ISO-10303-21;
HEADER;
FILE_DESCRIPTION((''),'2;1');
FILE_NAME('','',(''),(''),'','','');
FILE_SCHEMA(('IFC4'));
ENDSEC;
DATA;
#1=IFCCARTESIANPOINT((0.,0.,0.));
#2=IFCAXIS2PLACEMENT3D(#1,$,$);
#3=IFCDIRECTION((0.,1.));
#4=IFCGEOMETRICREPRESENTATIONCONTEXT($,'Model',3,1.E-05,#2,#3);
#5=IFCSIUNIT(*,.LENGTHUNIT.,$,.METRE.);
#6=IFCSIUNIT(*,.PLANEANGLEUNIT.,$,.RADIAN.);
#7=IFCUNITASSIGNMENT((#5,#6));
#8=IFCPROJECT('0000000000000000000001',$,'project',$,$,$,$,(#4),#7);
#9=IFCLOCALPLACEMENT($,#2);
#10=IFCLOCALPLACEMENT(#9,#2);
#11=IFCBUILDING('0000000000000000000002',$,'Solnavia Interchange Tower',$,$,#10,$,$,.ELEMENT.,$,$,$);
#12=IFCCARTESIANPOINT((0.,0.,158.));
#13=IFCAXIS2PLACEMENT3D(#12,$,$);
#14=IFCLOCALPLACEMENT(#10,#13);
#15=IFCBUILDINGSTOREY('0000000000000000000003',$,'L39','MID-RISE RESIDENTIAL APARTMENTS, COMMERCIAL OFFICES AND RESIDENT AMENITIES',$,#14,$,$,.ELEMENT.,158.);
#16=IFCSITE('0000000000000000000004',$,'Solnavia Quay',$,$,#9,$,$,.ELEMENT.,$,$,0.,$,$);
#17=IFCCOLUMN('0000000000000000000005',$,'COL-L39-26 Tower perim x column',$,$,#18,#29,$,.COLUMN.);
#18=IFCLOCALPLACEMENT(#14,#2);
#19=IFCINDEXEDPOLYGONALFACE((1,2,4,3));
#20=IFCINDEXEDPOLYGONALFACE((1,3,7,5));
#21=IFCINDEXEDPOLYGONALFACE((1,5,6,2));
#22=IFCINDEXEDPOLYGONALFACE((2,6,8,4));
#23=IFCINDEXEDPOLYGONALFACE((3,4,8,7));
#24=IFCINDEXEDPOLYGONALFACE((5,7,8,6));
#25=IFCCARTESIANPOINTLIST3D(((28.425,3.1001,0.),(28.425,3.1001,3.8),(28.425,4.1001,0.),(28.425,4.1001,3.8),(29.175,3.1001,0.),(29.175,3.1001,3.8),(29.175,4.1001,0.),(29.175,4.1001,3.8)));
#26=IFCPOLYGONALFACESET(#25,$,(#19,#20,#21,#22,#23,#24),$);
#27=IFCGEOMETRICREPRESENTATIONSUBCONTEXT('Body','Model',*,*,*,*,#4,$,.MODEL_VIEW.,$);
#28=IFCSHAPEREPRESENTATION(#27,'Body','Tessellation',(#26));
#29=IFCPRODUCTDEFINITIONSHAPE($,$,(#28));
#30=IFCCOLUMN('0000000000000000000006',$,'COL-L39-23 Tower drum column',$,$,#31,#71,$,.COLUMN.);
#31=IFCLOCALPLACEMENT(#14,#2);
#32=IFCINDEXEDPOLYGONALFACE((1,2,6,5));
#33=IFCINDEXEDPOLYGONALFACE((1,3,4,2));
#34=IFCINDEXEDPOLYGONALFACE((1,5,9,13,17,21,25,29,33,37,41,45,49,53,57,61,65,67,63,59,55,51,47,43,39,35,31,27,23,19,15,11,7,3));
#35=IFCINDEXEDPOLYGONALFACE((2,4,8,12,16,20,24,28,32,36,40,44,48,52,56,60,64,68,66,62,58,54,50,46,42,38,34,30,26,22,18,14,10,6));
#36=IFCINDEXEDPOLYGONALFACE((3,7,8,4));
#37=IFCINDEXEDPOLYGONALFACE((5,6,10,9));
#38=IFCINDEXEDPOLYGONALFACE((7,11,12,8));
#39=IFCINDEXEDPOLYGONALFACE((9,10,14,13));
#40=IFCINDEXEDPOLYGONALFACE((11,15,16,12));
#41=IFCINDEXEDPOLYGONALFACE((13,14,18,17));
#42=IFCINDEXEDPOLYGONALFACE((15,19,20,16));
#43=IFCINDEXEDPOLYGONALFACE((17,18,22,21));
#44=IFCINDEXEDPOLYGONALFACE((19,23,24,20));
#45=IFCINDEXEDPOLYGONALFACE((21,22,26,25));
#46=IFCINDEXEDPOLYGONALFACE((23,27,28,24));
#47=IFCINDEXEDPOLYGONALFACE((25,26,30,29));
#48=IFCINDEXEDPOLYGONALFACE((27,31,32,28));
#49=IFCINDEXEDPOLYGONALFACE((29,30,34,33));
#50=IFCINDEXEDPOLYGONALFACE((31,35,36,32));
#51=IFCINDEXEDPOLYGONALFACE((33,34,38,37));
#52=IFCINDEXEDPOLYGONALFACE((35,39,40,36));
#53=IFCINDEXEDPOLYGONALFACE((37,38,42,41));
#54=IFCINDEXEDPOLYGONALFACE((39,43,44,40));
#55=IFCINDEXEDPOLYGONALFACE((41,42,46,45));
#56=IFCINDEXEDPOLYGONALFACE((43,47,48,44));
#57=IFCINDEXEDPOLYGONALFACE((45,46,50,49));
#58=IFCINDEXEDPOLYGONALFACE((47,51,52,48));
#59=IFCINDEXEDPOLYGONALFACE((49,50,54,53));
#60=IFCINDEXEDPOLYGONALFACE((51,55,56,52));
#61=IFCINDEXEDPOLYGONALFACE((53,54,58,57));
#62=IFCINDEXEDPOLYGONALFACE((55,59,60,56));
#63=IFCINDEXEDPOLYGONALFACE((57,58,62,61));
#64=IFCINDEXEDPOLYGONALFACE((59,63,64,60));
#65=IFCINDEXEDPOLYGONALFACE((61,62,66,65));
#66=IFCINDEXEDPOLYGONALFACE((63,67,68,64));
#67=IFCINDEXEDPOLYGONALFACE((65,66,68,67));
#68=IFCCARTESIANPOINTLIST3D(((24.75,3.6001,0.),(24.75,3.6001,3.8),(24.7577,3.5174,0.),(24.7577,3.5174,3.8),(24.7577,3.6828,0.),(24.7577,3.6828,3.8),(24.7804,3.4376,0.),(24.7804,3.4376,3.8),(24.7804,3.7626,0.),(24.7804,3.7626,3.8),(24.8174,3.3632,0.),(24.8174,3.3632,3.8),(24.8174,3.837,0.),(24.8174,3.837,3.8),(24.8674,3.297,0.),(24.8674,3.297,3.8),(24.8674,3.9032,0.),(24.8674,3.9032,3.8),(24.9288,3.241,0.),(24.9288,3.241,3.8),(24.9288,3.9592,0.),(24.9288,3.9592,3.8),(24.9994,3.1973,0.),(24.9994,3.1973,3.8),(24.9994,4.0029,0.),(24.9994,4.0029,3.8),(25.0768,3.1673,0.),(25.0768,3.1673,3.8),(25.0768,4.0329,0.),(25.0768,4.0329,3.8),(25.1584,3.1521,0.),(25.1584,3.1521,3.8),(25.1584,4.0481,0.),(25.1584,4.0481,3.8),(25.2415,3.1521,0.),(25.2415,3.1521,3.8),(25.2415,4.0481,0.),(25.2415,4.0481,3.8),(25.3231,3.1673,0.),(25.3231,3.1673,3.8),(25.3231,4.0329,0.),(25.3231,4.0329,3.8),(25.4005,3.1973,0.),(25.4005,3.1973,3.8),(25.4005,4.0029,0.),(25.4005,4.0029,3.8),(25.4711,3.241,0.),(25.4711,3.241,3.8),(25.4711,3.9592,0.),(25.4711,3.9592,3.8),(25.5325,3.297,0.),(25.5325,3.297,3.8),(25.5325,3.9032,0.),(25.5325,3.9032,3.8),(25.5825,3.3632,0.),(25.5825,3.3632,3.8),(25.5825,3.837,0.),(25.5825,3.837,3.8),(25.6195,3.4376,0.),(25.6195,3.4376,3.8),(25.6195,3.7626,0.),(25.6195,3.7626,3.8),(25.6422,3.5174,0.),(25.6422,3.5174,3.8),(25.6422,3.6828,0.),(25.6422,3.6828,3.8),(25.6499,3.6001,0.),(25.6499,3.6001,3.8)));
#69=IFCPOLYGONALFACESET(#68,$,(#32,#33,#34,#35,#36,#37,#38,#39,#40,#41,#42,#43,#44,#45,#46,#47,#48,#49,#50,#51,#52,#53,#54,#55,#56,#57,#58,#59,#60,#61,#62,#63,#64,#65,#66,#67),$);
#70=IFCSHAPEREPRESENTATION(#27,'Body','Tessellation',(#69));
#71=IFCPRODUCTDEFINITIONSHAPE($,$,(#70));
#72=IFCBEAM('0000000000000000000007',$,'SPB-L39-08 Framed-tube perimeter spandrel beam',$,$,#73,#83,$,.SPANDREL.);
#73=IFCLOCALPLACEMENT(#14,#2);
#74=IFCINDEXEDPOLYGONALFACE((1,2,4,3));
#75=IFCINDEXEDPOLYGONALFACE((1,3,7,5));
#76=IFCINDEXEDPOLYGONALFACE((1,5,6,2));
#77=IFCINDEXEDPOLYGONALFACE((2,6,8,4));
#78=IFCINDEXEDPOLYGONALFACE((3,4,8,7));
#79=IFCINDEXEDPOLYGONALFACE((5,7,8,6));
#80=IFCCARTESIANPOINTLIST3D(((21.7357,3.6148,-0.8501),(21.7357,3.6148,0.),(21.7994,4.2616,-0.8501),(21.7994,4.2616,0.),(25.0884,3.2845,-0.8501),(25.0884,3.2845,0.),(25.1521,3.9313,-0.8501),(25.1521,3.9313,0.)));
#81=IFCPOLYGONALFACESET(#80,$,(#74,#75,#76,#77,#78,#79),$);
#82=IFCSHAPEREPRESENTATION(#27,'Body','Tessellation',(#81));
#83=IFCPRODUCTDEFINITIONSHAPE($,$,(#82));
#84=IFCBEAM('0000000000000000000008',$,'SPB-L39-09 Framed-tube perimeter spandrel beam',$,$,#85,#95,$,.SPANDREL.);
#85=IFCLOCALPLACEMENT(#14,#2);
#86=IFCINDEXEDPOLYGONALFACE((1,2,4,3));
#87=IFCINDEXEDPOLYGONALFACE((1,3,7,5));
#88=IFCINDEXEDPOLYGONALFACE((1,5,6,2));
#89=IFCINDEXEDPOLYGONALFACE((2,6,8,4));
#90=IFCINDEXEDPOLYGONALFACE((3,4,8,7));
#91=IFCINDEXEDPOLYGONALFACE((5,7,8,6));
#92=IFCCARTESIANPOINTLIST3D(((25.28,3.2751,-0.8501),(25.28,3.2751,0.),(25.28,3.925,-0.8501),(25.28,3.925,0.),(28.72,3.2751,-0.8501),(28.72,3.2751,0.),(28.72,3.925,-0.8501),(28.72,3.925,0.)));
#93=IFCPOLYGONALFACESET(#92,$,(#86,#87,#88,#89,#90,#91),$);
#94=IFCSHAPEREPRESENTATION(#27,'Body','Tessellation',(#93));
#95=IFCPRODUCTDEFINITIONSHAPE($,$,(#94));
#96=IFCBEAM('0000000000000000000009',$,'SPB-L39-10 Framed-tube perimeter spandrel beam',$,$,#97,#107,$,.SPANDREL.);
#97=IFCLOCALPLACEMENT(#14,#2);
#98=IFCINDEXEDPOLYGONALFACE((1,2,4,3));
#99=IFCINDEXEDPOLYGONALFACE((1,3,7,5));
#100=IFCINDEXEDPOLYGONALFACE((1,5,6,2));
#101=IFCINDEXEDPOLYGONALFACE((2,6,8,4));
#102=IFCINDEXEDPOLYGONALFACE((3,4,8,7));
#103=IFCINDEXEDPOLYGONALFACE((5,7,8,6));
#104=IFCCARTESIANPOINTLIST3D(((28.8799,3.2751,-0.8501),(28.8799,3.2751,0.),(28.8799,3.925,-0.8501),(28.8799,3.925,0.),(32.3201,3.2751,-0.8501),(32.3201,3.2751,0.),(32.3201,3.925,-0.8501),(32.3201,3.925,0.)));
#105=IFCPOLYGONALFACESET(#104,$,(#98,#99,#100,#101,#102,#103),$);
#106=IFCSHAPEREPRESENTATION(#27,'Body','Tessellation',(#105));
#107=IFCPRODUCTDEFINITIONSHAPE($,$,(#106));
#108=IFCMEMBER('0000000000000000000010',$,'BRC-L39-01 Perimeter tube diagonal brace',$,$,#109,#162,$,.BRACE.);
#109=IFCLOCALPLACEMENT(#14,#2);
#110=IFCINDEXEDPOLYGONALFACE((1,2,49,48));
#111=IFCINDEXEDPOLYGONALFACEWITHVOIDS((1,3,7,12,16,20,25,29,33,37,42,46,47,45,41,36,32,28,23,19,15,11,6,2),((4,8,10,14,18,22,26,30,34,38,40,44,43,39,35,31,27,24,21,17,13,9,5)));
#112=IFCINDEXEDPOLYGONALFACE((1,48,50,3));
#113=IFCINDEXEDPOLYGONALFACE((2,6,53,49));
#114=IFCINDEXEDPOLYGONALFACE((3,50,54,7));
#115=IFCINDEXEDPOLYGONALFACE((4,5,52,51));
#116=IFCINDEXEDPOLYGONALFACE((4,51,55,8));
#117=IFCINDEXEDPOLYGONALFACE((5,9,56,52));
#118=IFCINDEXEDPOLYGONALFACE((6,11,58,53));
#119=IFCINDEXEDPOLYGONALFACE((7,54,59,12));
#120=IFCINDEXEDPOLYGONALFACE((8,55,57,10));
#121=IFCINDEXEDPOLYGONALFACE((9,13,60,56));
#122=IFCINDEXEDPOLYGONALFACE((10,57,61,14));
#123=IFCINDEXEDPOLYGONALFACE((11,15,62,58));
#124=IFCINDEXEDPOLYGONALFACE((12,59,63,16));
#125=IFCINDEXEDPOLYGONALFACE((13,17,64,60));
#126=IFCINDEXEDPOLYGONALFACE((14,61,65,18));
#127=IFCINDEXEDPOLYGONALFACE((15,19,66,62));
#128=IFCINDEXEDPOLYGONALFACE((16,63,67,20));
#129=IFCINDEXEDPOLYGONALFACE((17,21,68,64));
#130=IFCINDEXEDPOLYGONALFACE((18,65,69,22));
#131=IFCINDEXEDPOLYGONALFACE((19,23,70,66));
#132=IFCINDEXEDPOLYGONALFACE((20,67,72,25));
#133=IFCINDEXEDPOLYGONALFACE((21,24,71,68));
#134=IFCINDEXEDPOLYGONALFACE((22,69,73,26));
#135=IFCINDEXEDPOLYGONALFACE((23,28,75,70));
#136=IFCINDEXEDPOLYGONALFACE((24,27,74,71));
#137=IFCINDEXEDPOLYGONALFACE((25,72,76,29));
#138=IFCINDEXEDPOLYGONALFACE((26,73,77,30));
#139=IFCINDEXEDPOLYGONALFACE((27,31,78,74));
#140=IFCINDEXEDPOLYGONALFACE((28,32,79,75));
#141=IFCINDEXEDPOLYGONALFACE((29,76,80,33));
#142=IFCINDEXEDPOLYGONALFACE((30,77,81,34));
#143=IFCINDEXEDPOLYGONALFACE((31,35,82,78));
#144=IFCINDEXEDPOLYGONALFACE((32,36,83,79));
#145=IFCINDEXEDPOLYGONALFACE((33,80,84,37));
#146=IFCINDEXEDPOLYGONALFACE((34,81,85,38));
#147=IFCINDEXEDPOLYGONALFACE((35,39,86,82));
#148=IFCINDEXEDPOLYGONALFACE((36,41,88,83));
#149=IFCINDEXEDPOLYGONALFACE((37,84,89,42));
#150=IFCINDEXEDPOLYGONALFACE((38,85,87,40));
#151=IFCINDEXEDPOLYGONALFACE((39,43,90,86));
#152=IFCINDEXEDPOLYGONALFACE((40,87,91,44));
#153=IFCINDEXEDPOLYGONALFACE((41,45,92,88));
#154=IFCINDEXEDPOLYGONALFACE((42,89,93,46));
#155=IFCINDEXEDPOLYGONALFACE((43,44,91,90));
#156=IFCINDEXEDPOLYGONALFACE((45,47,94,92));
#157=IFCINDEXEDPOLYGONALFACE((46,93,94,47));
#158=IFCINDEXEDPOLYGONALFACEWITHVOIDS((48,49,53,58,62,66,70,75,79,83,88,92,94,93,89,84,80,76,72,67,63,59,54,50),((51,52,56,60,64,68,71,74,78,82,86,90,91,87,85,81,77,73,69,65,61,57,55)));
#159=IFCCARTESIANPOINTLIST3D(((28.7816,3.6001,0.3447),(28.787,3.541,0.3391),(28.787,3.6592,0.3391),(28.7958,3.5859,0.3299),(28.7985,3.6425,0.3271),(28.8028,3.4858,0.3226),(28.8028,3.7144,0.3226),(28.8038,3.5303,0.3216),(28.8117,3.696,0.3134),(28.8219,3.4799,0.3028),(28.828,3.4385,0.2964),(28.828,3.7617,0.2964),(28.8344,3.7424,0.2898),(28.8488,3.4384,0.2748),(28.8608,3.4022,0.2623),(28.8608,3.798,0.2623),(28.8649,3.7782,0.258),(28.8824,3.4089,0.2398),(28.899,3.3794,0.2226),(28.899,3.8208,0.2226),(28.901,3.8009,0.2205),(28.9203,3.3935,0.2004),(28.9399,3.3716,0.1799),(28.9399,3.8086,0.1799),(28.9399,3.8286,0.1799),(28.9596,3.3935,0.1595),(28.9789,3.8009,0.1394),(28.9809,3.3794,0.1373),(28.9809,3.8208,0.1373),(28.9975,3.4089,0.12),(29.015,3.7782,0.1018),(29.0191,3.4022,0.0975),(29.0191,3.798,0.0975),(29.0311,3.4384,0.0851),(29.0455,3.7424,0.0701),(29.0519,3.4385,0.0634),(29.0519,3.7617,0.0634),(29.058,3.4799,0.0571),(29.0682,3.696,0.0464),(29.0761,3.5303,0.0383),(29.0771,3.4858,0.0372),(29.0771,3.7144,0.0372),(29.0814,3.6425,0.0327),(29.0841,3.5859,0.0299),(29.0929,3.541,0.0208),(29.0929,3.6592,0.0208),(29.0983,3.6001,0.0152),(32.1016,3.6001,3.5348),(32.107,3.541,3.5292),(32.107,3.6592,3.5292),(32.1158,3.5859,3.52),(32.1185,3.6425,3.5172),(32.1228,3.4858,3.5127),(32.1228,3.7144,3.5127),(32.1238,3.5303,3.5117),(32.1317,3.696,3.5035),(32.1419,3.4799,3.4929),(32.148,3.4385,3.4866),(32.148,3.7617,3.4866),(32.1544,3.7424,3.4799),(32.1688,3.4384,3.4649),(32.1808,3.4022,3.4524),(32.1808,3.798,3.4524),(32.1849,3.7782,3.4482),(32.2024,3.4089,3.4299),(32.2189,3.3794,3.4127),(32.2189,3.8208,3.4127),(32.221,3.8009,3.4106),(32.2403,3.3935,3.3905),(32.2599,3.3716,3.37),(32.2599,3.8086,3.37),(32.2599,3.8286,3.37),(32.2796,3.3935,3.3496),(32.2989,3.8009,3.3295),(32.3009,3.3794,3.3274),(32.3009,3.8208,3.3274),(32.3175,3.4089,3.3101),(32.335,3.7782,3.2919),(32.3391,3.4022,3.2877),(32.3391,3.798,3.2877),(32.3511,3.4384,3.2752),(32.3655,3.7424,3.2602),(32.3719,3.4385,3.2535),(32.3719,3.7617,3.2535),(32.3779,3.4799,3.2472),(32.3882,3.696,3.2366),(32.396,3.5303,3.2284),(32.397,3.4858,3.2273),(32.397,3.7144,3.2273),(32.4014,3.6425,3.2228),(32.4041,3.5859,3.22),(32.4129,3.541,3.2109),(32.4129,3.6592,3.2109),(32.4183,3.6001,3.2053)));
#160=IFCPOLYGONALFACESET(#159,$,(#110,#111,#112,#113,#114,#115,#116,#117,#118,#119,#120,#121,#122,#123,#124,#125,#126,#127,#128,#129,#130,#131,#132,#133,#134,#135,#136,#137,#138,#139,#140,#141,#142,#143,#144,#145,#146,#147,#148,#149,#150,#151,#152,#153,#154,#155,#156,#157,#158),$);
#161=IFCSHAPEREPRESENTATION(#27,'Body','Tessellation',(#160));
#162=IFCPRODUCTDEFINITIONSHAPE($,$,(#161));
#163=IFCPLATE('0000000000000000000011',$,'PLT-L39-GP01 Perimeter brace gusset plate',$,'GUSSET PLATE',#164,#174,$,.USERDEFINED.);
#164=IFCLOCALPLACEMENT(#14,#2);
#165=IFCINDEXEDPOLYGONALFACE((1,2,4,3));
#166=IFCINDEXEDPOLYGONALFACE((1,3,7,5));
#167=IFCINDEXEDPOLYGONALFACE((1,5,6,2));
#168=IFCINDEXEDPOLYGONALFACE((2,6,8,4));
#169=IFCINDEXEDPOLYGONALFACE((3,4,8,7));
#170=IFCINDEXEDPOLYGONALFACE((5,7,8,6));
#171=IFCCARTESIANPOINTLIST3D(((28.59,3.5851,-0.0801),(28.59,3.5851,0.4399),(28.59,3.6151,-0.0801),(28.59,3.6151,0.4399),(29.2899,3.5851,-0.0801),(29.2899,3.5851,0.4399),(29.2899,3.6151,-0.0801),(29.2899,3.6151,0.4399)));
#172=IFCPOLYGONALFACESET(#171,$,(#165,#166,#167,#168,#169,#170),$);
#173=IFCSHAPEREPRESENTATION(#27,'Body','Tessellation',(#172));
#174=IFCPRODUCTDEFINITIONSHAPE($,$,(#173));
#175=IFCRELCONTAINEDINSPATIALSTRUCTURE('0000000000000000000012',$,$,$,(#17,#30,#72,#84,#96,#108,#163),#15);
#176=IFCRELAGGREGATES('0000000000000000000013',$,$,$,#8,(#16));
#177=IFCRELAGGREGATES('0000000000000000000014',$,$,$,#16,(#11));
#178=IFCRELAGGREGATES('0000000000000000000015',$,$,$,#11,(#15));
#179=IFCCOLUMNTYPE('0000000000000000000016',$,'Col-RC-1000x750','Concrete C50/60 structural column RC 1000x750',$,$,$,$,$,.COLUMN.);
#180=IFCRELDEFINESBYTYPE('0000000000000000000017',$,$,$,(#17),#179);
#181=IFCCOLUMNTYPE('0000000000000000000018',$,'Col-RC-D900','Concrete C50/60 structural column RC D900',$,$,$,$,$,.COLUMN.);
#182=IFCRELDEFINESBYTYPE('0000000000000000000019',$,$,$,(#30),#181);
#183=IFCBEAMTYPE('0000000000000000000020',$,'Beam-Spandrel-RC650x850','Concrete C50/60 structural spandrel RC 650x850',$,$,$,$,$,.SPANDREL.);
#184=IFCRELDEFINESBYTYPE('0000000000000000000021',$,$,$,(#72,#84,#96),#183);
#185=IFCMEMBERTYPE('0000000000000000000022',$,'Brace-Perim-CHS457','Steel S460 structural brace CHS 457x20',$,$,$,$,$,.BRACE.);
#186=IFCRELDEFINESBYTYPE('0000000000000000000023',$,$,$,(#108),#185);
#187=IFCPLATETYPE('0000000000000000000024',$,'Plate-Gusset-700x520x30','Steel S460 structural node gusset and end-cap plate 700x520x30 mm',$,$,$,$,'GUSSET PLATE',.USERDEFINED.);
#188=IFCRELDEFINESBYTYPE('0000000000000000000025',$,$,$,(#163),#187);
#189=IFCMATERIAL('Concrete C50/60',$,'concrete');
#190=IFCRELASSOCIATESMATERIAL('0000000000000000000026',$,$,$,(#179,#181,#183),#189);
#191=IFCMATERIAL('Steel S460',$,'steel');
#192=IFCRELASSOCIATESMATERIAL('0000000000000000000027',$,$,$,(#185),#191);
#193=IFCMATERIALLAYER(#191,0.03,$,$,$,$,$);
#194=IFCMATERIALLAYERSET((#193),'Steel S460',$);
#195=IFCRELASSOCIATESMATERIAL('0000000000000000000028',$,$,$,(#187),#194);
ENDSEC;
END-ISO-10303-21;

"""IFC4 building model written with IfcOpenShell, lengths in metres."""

from ifc_helpers import new_model, si_unit, direction, frame, origin, origin_2d, place, context, subcontext, project, spatial, rectangle, circle, hollow_circle, extrude, material, layer, layer_set, material_profile, profile_set, type_object, element, save


model = new_model("IFC4")

# Units and contexts
model_context = context("Model", 3, precision=1e-05, world=origin(), true_north=direction((0.0, 1.0)))
body_context = subcontext(model_context, "Body", "Model", "MODEL_VIEW")
ifc_project = project(units=[si_unit("LENGTHUNIT", "METRE"), si_unit("PLANEANGLEUNIT", "RADIAN")], contexts=[model_context])

# Site, building, storey
site_placement = place(None, origin())
site = spatial("IfcSite", under=ifc_project, at=site_placement, Name="Solnavia Quay", CompositionType="ELEMENT", RefElevation=0.0)
building_placement = place(site_placement, origin())
building = spatial("IfcBuilding", under=site, at=building_placement, Name="Solnavia Interchange Tower", CompositionType="ELEMENT")
storey_placement = place(building_placement, frame((0.0, 0.0, 158.0)))
storey = spatial("IfcBuildingStorey", under=building, at=storey_placement, Name="L39", Description="MID-RISE RESIDENTIAL APARTMENTS, COMMERCIAL OFFICES AND RESIDENT AMENITIES", CompositionType="ELEMENT", Elevation=158.0)

# Columns
ifc_material_1 = material(Name="Concrete C50/60", Category="concrete")
ifc_material_profile_1 = material_profile(ifc_material_1, rectangle(XDim=0.75, YDim=1.0, at=origin_2d()), Name="RC 1000x750")
ifc_profile_set_1 = profile_set([ifc_material_profile_1], Name="Concrete C50/60")
column_type_1 = type_object("IfcColumnType", Name="Col-RC-1000x750", Description="Concrete C50/60 structural column RC 1000x750", PredefinedType="COLUMN", material=ifc_profile_set_1)
column_1_placement = place(storey_placement, frame((28.8, 3.6001, 0.0), z_axis=(0.0, 0.0, 1.0), x_axis=(1.0, 0.0, 0.0)))
element("IfcColumn", 1, at=column_1_placement, inside=storey, type_object=column_type_1, Name="COL-L39-26 Tower perim x column", PredefinedType="COLUMN", context=body_context, shape_type="SweptSolid", body=[
    extrude(rectangle(XDim=0.75, YDim=1.0, at=origin_2d()), origin(), (0.0, 0.0, 1.0), 3.8),
])
ifc_material_profile_2 = material_profile(ifc_material_1, circle(Radius=0.45, at=origin_2d()), Name="RC D900")
ifc_profile_set_2 = profile_set([ifc_material_profile_2], Name="Concrete C50/60")
column_type_2 = type_object("IfcColumnType", Name="Col-RC-D900", Description="Concrete C50/60 structural column RC D900", PredefinedType="COLUMN", material=ifc_profile_set_2)
column_2_placement = place(storey_placement, frame((25.2, 3.6001, 0.0), z_axis=(0.0, 0.0, 1.0), x_axis=(1.0, 0.0, 0.0)))
element("IfcColumn", 2, at=column_2_placement, inside=storey, type_object=column_type_2, Name="COL-L39-23 Tower drum column", PredefinedType="COLUMN", context=body_context, shape_type="SweptSolid", body=[
    extrude(circle(Radius=0.45, at=origin_2d()), origin(), (0.0, 0.0, 1.0), 3.8),
])

# Beams
ifc_material_profile_3 = material_profile(ifc_material_1, rectangle(XDim=0.6499, YDim=0.8501, at=origin_2d()), Name="RC 650x850")
ifc_profile_set_3 = profile_set([ifc_material_profile_3], Name="Concrete C50/60")
beam_type = type_object("IfcBeamType", Name="Beam-Spandrel-RC650x850", Description="Concrete C50/60 structural spandrel RC 650x850", PredefinedType="SPANDREL", material=ifc_profile_set_3)
beam_1_placement = place(storey_placement, frame((21.7676, 3.9382, -0.425), z_axis=(0.995182, -0.098047, 0.0), x_axis=(0.098047, 0.995182, 0.0)))
element("IfcBeam", 3, at=beam_1_placement, inside=storey, type_object=beam_type, Name="SPB-L39-08 Framed-tube perimeter spandrel beam", PredefinedType="SPANDREL", context=body_context, shape_type="SweptSolid", body=[
    extrude(rectangle(XDim=0.6499, YDim=0.8501, at=origin_2d()), origin(), (0.0, 0.0, 1.0), 3.3689),
])
beam_2_placement = place(storey_placement, frame((25.28, 3.6001, -0.425), z_axis=(1.0, 0.0, 0.0), x_axis=(0.0, 1.0, 0.0)))
element("IfcBeam", 4, at=beam_2_placement, inside=storey, type_object=beam_type, Name="SPB-L39-09 Framed-tube perimeter spandrel beam", PredefinedType="SPANDREL", context=body_context, shape_type="SweptSolid", body=[
    extrude(rectangle(XDim=0.6499, YDim=0.8501, at=origin_2d()), origin(), (0.0, 0.0, 1.0), 3.4399),
])
beam_3_placement = place(storey_placement, frame((28.8799, 3.6001, -0.425), z_axis=(1.0, 0.0, 0.0), x_axis=(0.0, 1.0, 0.0)))
element("IfcBeam", 5, at=beam_3_placement, inside=storey, type_object=beam_type, Name="SPB-L39-10 Framed-tube perimeter spandrel beam", PredefinedType="SPANDREL", context=body_context, shape_type="SweptSolid", body=[
    extrude(rectangle(XDim=0.6499, YDim=0.8501, at=origin_2d()), origin(), (0.0, 0.0, 1.0), 3.4402),
])

# Member
ifc_material_2 = material(Name="Steel S460", Category="steel")
ifc_material_profile_4 = material_profile(ifc_material_2, hollow_circle(Radius=0.2285, WallThickness=0.02, at=origin_2d()), Name="CHS 457x20")
ifc_profile_set_4 = profile_set([ifc_material_profile_4], Name="Steel S460")
member_type = type_object("IfcMemberType", Name="Brace-Perim-CHS457", Description="Steel S460 structural brace CHS 457x20", PredefinedType="BRACE", material=ifc_profile_set_4)
member_placement = place(storey_placement, frame((28.9399, 3.6001, 0.1799), z_axis=(0.72107, 0.0, 0.692862), x_axis=(0.0, 1.0, 0.0)))
element("IfcMember", 6, at=member_placement, inside=storey, type_object=member_type, Name="BRC-L39-01 Perimeter tube diagonal brace", PredefinedType="BRACE", context=body_context, shape_type="SweptSolid", body=[
    extrude(hollow_circle(Radius=0.2285, WallThickness=0.02, at=origin_2d()), origin(), (0.0, 0.0, 1.0), 4.6042),
])

# Plate
ifc_layer_1 = layer(ifc_material_2, 0.03)
ifc_layer_set_1 = layer_set([ifc_layer_1], Name="Steel S460")
plate_type = type_object("IfcPlateType", Name="Plate-Gusset-700x520x30", Description="Steel S460 structural node gusset and end-cap plate 700x520x30 mm", ElementType="GUSSET PLATE", PredefinedType="USERDEFINED", material=ifc_layer_set_1)
plate_placement = place(storey_placement, frame((28.9399, 3.6001, -0.0801), z_axis=(0.0, 0.0, 1.0), x_axis=(1.0, 0.0, 0.0)))
element("IfcPlate", 7, at=plate_placement, inside=storey, type_object=plate_type, Name="PLT-L39-GP01 Perimeter brace gusset plate", ObjectType="GUSSET PLATE", PredefinedType="USERDEFINED", context=body_context, shape_type="SweptSolid", body=[
    extrude(rectangle(XDim=0.7, YDim=0.03, at=origin_2d()), origin(), (0.0, 0.0, 1.0), 0.52),
])

save(model, "model.ifc")
